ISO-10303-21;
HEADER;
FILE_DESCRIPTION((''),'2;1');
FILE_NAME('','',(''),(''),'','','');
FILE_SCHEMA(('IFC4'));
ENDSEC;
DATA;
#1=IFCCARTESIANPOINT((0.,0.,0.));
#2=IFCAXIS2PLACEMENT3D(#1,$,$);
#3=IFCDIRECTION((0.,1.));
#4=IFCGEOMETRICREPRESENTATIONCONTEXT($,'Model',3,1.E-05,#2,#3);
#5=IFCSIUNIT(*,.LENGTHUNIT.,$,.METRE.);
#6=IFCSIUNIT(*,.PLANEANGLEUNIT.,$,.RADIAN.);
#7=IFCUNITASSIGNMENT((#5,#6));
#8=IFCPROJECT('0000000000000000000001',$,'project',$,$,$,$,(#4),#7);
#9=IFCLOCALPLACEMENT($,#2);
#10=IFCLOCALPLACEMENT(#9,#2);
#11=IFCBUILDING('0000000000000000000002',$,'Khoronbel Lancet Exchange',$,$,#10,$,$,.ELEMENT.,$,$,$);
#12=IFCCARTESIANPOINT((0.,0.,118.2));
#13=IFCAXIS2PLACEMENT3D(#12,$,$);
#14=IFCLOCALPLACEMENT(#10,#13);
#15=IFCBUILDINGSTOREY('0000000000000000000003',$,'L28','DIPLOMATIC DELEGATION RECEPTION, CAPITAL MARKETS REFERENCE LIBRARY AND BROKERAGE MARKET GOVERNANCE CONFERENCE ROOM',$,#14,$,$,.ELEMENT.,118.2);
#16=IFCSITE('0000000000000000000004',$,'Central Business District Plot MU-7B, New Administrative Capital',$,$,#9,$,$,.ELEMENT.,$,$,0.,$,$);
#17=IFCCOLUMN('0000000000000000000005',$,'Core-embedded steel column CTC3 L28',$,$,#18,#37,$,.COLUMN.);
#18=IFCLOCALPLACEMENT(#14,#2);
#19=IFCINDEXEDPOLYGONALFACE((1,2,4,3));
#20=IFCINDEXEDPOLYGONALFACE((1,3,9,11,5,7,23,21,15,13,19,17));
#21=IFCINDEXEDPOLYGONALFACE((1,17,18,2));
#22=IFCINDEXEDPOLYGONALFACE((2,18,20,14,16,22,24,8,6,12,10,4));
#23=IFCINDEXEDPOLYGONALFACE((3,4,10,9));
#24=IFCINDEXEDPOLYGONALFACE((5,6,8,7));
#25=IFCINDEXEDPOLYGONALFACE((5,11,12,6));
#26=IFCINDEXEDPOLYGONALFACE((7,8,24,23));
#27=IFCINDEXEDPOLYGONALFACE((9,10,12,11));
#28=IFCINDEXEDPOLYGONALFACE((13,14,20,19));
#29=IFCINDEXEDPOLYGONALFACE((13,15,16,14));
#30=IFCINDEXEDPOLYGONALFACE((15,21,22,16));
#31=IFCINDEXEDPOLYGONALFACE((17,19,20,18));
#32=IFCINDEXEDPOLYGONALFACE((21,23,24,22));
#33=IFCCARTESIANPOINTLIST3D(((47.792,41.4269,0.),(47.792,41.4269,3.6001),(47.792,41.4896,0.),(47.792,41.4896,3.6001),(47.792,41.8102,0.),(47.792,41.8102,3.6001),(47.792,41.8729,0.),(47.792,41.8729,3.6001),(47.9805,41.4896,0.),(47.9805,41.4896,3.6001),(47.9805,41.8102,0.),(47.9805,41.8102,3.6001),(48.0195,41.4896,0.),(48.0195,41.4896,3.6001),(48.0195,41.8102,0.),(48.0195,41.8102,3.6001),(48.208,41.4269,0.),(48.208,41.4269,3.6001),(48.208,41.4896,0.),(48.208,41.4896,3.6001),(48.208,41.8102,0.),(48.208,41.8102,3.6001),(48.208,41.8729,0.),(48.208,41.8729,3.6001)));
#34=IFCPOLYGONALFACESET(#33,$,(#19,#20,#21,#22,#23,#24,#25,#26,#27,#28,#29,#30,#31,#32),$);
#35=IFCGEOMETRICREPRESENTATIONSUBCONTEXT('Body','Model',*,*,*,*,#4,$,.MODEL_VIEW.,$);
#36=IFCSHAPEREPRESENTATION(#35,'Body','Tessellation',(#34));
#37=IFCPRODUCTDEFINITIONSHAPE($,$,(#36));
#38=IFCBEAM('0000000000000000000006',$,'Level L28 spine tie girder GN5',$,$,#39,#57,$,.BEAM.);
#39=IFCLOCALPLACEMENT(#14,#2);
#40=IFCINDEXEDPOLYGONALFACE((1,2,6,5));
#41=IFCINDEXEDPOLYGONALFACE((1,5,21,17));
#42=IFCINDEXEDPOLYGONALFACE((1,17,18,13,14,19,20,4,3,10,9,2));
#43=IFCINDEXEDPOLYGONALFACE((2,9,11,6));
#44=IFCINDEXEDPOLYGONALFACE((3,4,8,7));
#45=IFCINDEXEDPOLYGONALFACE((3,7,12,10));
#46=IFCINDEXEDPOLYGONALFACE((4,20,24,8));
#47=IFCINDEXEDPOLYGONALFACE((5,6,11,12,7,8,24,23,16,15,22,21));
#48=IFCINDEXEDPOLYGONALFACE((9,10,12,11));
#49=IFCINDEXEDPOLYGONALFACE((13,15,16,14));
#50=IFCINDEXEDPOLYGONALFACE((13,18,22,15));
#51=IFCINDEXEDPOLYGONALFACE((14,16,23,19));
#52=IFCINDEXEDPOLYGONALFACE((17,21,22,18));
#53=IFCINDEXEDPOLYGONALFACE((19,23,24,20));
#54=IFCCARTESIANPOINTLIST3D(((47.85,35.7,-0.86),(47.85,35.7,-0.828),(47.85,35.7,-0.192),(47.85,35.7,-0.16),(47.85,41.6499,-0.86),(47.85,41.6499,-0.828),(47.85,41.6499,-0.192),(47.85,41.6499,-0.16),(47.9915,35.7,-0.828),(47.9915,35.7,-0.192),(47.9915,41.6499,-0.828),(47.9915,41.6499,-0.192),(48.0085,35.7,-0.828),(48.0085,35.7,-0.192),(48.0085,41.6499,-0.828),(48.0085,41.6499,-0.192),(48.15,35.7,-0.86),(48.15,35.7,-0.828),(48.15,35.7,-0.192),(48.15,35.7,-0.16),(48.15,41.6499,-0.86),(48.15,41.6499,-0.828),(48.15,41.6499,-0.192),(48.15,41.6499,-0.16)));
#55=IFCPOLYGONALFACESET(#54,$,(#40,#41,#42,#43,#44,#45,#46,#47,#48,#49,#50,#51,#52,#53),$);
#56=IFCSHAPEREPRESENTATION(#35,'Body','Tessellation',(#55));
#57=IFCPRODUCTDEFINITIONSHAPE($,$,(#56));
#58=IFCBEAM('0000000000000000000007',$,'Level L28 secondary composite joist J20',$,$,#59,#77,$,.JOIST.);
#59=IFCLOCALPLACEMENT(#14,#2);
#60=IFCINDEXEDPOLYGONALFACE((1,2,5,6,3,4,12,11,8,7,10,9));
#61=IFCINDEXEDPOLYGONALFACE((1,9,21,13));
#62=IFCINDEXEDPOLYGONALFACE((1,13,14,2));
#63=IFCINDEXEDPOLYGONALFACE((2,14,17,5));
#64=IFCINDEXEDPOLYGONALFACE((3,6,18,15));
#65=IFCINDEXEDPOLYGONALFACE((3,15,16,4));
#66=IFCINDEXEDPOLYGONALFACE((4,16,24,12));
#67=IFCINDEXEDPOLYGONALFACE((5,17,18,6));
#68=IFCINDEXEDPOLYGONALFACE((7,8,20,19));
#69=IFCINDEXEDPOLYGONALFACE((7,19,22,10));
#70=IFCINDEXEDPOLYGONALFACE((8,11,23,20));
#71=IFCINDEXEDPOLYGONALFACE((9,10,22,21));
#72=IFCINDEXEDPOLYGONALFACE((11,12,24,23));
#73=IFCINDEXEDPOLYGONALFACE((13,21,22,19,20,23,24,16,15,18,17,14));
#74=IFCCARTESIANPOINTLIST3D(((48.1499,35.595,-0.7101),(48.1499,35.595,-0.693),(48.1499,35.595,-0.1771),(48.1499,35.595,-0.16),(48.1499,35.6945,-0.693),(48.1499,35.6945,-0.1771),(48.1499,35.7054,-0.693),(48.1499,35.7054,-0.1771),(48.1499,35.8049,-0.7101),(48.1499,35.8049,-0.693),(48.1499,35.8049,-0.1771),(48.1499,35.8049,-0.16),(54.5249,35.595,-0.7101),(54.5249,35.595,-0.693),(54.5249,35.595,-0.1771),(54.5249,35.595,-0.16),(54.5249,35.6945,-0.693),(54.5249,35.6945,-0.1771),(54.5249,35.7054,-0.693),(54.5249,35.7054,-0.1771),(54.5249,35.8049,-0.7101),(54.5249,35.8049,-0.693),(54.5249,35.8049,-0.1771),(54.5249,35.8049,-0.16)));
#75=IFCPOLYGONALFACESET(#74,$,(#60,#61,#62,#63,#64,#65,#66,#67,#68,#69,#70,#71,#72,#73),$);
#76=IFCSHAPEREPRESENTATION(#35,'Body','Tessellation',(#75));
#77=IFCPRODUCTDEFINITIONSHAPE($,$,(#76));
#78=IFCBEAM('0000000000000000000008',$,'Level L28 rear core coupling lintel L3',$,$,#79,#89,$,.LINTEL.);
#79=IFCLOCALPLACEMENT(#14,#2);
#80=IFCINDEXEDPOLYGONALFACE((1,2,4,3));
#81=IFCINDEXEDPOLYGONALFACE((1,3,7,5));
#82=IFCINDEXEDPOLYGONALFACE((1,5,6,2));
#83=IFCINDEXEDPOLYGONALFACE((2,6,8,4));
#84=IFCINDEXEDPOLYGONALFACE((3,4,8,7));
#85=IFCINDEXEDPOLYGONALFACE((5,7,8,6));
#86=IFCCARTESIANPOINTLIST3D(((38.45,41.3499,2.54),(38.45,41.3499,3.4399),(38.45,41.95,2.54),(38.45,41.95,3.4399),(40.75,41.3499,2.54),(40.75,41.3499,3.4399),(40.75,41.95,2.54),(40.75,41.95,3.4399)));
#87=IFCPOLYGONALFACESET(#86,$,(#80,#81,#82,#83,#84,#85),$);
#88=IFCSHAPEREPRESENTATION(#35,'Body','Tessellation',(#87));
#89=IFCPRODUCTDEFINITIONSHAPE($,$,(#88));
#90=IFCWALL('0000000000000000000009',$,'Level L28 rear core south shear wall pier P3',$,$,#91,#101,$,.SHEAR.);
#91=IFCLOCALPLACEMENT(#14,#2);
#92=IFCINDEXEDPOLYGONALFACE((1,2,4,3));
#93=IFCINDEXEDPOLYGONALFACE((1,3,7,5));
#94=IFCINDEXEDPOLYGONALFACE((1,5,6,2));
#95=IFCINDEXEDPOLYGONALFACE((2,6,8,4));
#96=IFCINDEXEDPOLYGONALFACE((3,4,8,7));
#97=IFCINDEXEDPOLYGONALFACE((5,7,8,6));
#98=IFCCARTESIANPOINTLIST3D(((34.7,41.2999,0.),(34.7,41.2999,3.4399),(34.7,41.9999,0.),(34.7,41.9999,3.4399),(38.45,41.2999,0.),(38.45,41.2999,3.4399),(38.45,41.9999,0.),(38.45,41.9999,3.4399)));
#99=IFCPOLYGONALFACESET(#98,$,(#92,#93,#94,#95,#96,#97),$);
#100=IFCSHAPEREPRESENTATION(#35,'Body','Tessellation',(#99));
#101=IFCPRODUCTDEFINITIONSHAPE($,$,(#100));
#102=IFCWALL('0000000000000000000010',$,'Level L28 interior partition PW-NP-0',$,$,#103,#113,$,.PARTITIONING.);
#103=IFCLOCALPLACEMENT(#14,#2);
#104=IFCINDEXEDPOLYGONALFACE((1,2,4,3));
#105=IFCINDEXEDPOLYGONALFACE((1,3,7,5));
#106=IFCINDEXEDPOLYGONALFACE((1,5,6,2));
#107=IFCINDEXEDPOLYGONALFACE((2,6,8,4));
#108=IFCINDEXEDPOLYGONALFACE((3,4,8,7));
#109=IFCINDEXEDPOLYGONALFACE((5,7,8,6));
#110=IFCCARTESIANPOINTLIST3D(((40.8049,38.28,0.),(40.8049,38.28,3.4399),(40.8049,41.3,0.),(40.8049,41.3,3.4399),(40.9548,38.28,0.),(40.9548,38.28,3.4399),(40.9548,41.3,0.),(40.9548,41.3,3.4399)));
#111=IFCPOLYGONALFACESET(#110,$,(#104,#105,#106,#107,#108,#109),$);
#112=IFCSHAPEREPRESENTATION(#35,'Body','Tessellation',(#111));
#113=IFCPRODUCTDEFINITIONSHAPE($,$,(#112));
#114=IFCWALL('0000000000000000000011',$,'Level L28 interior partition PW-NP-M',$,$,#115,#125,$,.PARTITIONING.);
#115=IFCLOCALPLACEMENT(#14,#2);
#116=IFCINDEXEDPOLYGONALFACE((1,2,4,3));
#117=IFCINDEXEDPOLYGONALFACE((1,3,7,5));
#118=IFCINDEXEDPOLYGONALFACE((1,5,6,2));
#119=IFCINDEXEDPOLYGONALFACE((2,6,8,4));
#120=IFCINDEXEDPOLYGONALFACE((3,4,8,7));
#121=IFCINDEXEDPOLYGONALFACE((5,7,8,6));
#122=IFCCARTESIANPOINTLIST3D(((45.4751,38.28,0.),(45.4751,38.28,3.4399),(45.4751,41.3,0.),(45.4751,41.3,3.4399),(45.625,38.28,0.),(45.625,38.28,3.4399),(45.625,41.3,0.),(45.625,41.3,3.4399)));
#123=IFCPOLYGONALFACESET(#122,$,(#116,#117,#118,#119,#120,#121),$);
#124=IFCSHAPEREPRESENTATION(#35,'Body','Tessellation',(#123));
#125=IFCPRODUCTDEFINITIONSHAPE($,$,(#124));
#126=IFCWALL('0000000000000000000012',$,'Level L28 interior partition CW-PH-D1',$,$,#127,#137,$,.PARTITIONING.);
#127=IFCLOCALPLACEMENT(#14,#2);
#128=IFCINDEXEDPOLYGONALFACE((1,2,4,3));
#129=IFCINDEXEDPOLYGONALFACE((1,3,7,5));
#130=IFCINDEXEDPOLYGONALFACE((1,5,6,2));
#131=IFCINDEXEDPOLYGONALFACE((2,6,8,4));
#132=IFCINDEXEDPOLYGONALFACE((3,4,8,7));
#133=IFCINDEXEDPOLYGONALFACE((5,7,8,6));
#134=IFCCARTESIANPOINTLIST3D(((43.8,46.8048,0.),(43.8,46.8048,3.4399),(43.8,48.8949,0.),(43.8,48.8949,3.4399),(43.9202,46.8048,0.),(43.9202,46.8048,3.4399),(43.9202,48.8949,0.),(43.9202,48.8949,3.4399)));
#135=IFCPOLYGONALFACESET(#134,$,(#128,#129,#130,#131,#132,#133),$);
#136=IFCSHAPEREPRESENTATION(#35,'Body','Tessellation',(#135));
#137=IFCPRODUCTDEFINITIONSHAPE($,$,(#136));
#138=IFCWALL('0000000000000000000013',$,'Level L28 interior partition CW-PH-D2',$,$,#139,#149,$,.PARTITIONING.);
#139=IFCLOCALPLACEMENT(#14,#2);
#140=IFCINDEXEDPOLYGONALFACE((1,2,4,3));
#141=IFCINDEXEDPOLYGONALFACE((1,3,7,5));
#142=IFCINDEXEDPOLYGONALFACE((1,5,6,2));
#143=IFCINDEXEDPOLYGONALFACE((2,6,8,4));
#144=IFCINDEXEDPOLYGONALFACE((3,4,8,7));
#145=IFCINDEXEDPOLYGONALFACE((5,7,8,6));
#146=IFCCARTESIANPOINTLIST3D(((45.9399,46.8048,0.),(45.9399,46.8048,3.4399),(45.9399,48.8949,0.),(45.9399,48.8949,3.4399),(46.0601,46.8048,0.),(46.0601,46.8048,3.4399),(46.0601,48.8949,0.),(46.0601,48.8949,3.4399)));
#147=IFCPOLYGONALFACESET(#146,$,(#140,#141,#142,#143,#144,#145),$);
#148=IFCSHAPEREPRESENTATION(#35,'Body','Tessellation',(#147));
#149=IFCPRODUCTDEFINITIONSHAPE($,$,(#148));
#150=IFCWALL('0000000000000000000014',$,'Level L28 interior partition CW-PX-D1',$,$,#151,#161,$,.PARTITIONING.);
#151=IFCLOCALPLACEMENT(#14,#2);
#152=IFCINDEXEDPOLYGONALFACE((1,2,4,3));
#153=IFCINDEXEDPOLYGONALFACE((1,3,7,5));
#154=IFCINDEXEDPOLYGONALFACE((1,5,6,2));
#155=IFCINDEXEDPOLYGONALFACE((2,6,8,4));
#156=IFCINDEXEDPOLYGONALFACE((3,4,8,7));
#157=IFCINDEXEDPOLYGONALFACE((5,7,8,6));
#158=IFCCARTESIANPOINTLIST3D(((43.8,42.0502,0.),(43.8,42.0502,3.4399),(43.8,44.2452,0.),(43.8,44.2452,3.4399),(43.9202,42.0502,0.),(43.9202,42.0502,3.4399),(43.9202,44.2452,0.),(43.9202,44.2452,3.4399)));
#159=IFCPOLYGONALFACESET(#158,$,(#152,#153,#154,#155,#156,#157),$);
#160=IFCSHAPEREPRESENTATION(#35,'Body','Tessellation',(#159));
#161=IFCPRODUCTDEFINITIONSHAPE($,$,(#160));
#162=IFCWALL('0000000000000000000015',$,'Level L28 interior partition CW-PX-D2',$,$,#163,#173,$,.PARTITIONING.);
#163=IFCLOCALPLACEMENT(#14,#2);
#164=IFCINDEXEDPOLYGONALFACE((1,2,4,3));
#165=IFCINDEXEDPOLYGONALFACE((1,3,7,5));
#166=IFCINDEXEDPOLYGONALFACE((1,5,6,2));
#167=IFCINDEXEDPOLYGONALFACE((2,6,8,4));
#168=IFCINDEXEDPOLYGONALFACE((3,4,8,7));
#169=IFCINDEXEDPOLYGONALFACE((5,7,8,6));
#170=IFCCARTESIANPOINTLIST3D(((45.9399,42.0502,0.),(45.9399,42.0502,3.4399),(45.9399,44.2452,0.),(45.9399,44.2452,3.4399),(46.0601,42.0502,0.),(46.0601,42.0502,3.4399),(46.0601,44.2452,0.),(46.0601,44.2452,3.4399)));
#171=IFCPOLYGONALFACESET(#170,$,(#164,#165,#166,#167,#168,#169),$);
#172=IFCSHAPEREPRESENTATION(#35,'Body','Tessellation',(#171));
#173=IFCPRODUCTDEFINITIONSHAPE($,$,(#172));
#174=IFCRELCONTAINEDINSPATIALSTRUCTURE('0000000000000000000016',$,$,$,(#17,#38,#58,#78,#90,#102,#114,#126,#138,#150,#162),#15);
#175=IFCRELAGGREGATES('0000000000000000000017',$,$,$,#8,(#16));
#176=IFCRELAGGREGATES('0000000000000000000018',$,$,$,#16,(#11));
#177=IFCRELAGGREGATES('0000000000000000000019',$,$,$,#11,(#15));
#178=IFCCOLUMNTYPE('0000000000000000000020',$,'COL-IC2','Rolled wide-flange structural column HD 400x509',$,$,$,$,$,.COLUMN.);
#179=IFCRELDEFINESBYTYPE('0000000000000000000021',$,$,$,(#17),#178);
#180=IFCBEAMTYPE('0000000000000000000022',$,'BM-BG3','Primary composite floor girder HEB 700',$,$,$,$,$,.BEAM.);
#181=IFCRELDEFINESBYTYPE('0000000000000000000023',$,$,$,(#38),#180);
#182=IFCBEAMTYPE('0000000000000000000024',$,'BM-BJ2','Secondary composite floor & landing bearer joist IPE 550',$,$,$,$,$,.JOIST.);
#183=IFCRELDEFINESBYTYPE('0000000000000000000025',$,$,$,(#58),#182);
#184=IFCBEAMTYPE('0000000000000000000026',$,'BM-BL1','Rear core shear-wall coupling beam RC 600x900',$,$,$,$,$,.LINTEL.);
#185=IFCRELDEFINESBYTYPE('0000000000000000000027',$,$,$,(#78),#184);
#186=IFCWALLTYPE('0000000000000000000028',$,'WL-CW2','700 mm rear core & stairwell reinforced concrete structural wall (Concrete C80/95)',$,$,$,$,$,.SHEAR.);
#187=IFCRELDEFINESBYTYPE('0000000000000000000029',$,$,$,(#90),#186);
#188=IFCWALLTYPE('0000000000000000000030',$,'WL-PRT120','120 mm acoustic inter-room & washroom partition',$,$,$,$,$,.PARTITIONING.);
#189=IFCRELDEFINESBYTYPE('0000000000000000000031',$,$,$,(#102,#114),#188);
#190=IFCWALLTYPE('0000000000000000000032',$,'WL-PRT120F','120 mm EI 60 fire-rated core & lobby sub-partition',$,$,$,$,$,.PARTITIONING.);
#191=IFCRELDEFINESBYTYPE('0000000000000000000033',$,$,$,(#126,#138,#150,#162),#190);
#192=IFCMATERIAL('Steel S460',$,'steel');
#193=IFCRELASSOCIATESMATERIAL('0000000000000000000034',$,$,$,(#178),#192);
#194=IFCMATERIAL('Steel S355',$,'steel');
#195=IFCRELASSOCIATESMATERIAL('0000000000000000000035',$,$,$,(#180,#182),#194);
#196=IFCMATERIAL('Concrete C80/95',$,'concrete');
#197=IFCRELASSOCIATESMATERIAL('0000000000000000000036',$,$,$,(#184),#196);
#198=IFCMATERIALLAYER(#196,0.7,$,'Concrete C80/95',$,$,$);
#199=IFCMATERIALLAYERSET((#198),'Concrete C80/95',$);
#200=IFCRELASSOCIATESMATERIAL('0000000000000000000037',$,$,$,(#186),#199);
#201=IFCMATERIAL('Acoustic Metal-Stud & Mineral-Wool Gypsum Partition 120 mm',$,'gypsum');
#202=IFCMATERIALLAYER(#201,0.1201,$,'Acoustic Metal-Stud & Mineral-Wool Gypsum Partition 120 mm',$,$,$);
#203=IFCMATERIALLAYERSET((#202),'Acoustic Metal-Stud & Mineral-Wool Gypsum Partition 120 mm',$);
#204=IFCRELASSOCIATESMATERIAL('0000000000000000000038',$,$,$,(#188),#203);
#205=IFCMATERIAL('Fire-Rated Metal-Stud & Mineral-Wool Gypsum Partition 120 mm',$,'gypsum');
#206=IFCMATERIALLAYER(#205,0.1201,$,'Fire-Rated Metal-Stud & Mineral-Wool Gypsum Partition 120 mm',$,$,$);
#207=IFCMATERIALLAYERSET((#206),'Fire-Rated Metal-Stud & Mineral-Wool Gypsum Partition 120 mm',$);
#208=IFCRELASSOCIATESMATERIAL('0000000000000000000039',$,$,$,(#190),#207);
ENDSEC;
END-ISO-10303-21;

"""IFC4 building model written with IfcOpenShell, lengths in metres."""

from ifc_helpers import new_model, si_unit, direction, frame, frame_2d, origin, origin_2d, place, context, subcontext, project, spatial, rectangle, i_section, extrude, material, layer, layer_set, material_profile, profile_set, type_object, element, save


model = new_model("IFC4")

# Units and contexts
model_context = context("Model", 3, precision=1e-05, world=origin(), true_north=direction((0.0, 1.0)))
body_context = subcontext(model_context, "Body", "Model", "MODEL_VIEW")
ifc_project = project(units=[si_unit("LENGTHUNIT", "METRE"), si_unit("PLANEANGLEUNIT", "RADIAN")], contexts=[model_context])

# Site, building, storey
site_placement = place(None, origin())
site = spatial("IfcSite", under=ifc_project, at=site_placement, Name="Central Business District Plot MU-7B, New Administrative Capital", CompositionType="ELEMENT", RefElevation=0.0)
building_placement = place(site_placement, origin())
building = spatial("IfcBuilding", under=site, at=building_placement, Name="Khoronbel Lancet Exchange", CompositionType="ELEMENT")
storey_placement = place(building_placement, frame((0.0, 0.0, 118.2)))
storey = spatial("IfcBuildingStorey", under=building, at=storey_placement, Name="L28", Description="DIPLOMATIC DELEGATION RECEPTION, CAPITAL MARKETS REFERENCE LIBRARY AND BROKERAGE MARKET GOVERNANCE CONFERENCE ROOM", CompositionType="ELEMENT", Elevation=118.2)

# Column
ifc_material_1 = material(Name="Steel S460", Category="steel")
ifc_material_profile_1 = material_profile(ifc_material_1, i_section(OverallWidth=0.416, OverallDepth=0.446, WebThickness=0.0391, FlangeThickness=0.0627, at=origin_2d()), Name="HD 400x509")
ifc_profile_set_1 = profile_set([ifc_material_profile_1], Name="Steel S460")
column_type = type_object("IfcColumnType", Name="COL-IC2", Description="Rolled wide-flange structural column HD 400x509", PredefinedType="COLUMN", material=ifc_profile_set_1)
column_placement = place(storey_placement, frame((48.0, 41.6499, 0.0), z_axis=(0.0, 0.0, 1.0), x_axis=(1.0, 0.0, 0.0)))
element("IfcColumn", 1, at=column_placement, inside=storey, type_object=column_type, Name="Core-embedded steel column CTC3 L28", PredefinedType="COLUMN", context=body_context, shape_type="SweptSolid", body=[
    extrude(i_section(OverallWidth=0.416, OverallDepth=0.446, WebThickness=0.0391, FlangeThickness=0.0627, at=origin_2d()), origin(), (0.0, 0.0, 1.0), 3.6001),
])

# Beams
ifc_material_2 = material(Name="Steel S355", Category="steel")
ifc_material_profile_2 = material_profile(ifc_material_2, i_section(OverallWidth=0.3, OverallDepth=0.7, WebThickness=0.0171, FlangeThickness=0.032, at=origin_2d()), Name="HEB 700")
ifc_profile_set_2 = profile_set([ifc_material_profile_2], Name="Steel S355")
beam_type_1 = type_object("IfcBeamType", Name="BM-BG3", Description="Primary composite floor girder HEB 700", PredefinedType="BEAM", material=ifc_profile_set_2)
beam_1_placement = place(storey_placement, frame((48.0, 35.7, -0.51), z_axis=(0.0, 1.0, 0.0), x_axis=(-1.0, 0.0, 0.0)))
element("IfcBeam", 2, at=beam_1_placement, inside=storey, type_object=beam_type_1, Name="Level L28 spine tie girder GN5", PredefinedType="BEAM", context=body_context, shape_type="SweptSolid", body=[
    extrude(i_section(OverallWidth=0.3, OverallDepth=0.7, WebThickness=0.0171, FlangeThickness=0.032, at=origin_2d()), origin(), (0.0, 0.0, 1.0), 5.95),
])
ifc_material_profile_3 = material_profile(ifc_material_2, i_section(OverallWidth=0.21, OverallDepth=0.55, WebThickness=0.011, FlangeThickness=0.0171, at=origin_2d()), Name="IPE 550")
ifc_profile_set_3 = profile_set([ifc_material_profile_3], Name="Steel S355")
beam_type_2 = type_object("IfcBeamType", Name="BM-BJ2", Description="Secondary composite floor & landing bearer joist IPE 550", PredefinedType="JOIST", material=ifc_profile_set_3)
beam_2_placement = place(storey_placement, frame((48.1499, 35.7, -0.4351), z_axis=(1.0, 0.0, 0.0), x_axis=(0.0, 1.0, 0.0)))
element("IfcBeam", 3, at=beam_2_placement, inside=storey, type_object=beam_type_2, Name="Level L28 secondary composite joist J20", PredefinedType="JOIST", context=body_context, shape_type="SweptSolid", body=[
    extrude(i_section(OverallWidth=0.21, OverallDepth=0.55, WebThickness=0.011, FlangeThickness=0.0171, at=origin_2d()), origin(), (0.0, 0.0, 1.0), 6.375),
])
ifc_material_3 = material(Name="Concrete C80/95", Category="concrete")
ifc_material_profile_4 = material_profile(ifc_material_3, rectangle(XDim=0.6001, YDim=0.8999, at=origin_2d()), Name="RC 600x900")
ifc_profile_set_4 = profile_set([ifc_material_profile_4], Name="Concrete C80/95")
beam_type_3 = type_object("IfcBeamType", Name="BM-BL1", Description="Rear core shear-wall coupling beam RC 600x900", PredefinedType="LINTEL", material=ifc_profile_set_4)
beam_3_placement = place(storey_placement, frame((38.45, 41.6499, 2.99), z_axis=(1.0, 0.0, 0.0), x_axis=(0.0, 1.0, 0.0)))
element("IfcBeam", 4, at=beam_3_placement, inside=storey, type_object=beam_type_3, Name="Level L28 rear core coupling lintel L3", PredefinedType="LINTEL", context=body_context, shape_type="SweptSolid", body=[
    extrude(rectangle(XDim=0.6001, YDim=0.8999, at=origin_2d()), origin(), (0.0, 0.0, 1.0), 2.3),
])

# Walls
ifc_layer_1 = layer(ifc_material_3, 0.7, Name="Concrete C80/95")
ifc_layer_set_1 = layer_set([ifc_layer_1], Name="Concrete C80/95")
wall_type_1 = type_object("IfcWallType", Name="WL-CW2", Description="700 mm rear core & stairwell reinforced concrete structural wall (Concrete C80/95)", PredefinedType="SHEAR", material=ifc_layer_set_1)
wall_1_placement = place(storey_placement, frame((38.45, 41.6499, 0.0), z_axis=(0.0, 0.0, 1.0), x_axis=(-1.0, 0.0, 0.0)))
element("IfcWall", 5, at=wall_1_placement, inside=storey, type_object=wall_type_1, Name="Level L28 rear core south shear wall pier P3", PredefinedType="SHEAR", context=body_context, shape_type="SweptSolid", body=[
    extrude(rectangle(XDim=3.75, YDim=0.7, at=frame_2d((1.875, 0.0))), origin(), (0.0, 0.0, 1.0), 3.4399),
])
ifc_material_4 = material(Name="Acoustic Metal-Stud & Mineral-Wool Gypsum Partition 120 mm", Category="gypsum")
ifc_layer_2 = layer(ifc_material_4, 0.1201, Name="Acoustic Metal-Stud & Mineral-Wool Gypsum Partition 120 mm")
ifc_layer_set_2 = layer_set([ifc_layer_2], Name="Acoustic Metal-Stud & Mineral-Wool Gypsum Partition 120 mm")
wall_type_2 = type_object("IfcWallType", Name="WL-PRT120", Description="120 mm acoustic inter-room & washroom partition", PredefinedType="PARTITIONING", material=ifc_layer_set_2)
for number, where, z_axis, x_axis, name in (
    (6, (40.8799, 38.28, 0.0), (0.0, 0.0, 1.0), (0.0, 1.0, 0.0), "Level L28 interior partition PW-NP-0"),
    (7, (45.55, 38.28, 0.0), (0.0, 0.0, 1.0), (0.0, 1.0, 0.0), "Level L28 interior partition PW-NP-M"),
):
    element("IfcWall", number, at=place(storey_placement, frame(where, z_axis=z_axis, x_axis=x_axis)), inside=storey, type_object=wall_type_2, Name=name, PredefinedType="PARTITIONING", context=body_context, shape_type="SweptSolid", body=[
        extrude(rectangle(XDim=3.02, YDim=0.1499, at=frame_2d((1.51, 0.0))), origin(), (0.0, 0.0, 1.0), 3.4399),
    ])
ifc_material_5 = material(Name="Fire-Rated Metal-Stud & Mineral-Wool Gypsum Partition 120 mm", Category="gypsum")
ifc_layer_3 = layer(ifc_material_5, 0.1201, Name="Fire-Rated Metal-Stud & Mineral-Wool Gypsum Partition 120 mm")
ifc_layer_set_3 = layer_set([ifc_layer_3], Name="Fire-Rated Metal-Stud & Mineral-Wool Gypsum Partition 120 mm")
wall_type_3 = type_object("IfcWallType", Name="WL-PRT120F", Description="120 mm EI 60 fire-rated core & lobby sub-partition", PredefinedType="PARTITIONING", material=ifc_layer_set_3)
for number, where, z_axis, x_axis, name in (
    (8, (43.8601, 46.8049, 0.0), (0.0, 0.0, 1.0), (0.0, 1.0, 0.0), "Level L28 interior partition CW-PH-D1"),
    (9, (46.0, 46.8049, 0.0), (0.0, 0.0, 1.0), (0.0, 1.0, 0.0), "Level L28 interior partition CW-PH-D2"),
):
    element("IfcWall", number, at=place(storey_placement, frame(where, z_axis=z_axis, x_axis=x_axis)), inside=storey, type_object=wall_type_3, Name=name, PredefinedType="PARTITIONING", context=body_context, shape_type="SweptSolid", body=[
        extrude(rectangle(XDim=2.0901, YDim=0.1201, at=frame_2d((1.0449, 0.0))), origin(), (0.0, 0.0, 1.0), 3.4399),
    ])
for number, where, z_axis, x_axis, name in (
    (10, (43.8601, 42.05, 0.0), (0.0, 0.0, 1.0), (0.0, 1.0, 0.0), "Level L28 interior partition CW-PX-D1"),
    (11, (46.0, 42.05, 0.0), (0.0, 0.0, 1.0), (0.0, 1.0, 0.0), "Level L28 interior partition CW-PX-D2"),
):
    element("IfcWall", number, at=place(storey_placement, frame(where, z_axis=z_axis, x_axis=x_axis)), inside=storey, type_object=wall_type_3, Name=name, PredefinedType="PARTITIONING", context=body_context, shape_type="SweptSolid", body=[
        extrude(rectangle(XDim=2.1951, YDim=0.1201, at=frame_2d((1.0977, 0.0))), origin(), (0.0, 0.0, 1.0), 3.4399),
    ])

save(model, "model.ifc")
